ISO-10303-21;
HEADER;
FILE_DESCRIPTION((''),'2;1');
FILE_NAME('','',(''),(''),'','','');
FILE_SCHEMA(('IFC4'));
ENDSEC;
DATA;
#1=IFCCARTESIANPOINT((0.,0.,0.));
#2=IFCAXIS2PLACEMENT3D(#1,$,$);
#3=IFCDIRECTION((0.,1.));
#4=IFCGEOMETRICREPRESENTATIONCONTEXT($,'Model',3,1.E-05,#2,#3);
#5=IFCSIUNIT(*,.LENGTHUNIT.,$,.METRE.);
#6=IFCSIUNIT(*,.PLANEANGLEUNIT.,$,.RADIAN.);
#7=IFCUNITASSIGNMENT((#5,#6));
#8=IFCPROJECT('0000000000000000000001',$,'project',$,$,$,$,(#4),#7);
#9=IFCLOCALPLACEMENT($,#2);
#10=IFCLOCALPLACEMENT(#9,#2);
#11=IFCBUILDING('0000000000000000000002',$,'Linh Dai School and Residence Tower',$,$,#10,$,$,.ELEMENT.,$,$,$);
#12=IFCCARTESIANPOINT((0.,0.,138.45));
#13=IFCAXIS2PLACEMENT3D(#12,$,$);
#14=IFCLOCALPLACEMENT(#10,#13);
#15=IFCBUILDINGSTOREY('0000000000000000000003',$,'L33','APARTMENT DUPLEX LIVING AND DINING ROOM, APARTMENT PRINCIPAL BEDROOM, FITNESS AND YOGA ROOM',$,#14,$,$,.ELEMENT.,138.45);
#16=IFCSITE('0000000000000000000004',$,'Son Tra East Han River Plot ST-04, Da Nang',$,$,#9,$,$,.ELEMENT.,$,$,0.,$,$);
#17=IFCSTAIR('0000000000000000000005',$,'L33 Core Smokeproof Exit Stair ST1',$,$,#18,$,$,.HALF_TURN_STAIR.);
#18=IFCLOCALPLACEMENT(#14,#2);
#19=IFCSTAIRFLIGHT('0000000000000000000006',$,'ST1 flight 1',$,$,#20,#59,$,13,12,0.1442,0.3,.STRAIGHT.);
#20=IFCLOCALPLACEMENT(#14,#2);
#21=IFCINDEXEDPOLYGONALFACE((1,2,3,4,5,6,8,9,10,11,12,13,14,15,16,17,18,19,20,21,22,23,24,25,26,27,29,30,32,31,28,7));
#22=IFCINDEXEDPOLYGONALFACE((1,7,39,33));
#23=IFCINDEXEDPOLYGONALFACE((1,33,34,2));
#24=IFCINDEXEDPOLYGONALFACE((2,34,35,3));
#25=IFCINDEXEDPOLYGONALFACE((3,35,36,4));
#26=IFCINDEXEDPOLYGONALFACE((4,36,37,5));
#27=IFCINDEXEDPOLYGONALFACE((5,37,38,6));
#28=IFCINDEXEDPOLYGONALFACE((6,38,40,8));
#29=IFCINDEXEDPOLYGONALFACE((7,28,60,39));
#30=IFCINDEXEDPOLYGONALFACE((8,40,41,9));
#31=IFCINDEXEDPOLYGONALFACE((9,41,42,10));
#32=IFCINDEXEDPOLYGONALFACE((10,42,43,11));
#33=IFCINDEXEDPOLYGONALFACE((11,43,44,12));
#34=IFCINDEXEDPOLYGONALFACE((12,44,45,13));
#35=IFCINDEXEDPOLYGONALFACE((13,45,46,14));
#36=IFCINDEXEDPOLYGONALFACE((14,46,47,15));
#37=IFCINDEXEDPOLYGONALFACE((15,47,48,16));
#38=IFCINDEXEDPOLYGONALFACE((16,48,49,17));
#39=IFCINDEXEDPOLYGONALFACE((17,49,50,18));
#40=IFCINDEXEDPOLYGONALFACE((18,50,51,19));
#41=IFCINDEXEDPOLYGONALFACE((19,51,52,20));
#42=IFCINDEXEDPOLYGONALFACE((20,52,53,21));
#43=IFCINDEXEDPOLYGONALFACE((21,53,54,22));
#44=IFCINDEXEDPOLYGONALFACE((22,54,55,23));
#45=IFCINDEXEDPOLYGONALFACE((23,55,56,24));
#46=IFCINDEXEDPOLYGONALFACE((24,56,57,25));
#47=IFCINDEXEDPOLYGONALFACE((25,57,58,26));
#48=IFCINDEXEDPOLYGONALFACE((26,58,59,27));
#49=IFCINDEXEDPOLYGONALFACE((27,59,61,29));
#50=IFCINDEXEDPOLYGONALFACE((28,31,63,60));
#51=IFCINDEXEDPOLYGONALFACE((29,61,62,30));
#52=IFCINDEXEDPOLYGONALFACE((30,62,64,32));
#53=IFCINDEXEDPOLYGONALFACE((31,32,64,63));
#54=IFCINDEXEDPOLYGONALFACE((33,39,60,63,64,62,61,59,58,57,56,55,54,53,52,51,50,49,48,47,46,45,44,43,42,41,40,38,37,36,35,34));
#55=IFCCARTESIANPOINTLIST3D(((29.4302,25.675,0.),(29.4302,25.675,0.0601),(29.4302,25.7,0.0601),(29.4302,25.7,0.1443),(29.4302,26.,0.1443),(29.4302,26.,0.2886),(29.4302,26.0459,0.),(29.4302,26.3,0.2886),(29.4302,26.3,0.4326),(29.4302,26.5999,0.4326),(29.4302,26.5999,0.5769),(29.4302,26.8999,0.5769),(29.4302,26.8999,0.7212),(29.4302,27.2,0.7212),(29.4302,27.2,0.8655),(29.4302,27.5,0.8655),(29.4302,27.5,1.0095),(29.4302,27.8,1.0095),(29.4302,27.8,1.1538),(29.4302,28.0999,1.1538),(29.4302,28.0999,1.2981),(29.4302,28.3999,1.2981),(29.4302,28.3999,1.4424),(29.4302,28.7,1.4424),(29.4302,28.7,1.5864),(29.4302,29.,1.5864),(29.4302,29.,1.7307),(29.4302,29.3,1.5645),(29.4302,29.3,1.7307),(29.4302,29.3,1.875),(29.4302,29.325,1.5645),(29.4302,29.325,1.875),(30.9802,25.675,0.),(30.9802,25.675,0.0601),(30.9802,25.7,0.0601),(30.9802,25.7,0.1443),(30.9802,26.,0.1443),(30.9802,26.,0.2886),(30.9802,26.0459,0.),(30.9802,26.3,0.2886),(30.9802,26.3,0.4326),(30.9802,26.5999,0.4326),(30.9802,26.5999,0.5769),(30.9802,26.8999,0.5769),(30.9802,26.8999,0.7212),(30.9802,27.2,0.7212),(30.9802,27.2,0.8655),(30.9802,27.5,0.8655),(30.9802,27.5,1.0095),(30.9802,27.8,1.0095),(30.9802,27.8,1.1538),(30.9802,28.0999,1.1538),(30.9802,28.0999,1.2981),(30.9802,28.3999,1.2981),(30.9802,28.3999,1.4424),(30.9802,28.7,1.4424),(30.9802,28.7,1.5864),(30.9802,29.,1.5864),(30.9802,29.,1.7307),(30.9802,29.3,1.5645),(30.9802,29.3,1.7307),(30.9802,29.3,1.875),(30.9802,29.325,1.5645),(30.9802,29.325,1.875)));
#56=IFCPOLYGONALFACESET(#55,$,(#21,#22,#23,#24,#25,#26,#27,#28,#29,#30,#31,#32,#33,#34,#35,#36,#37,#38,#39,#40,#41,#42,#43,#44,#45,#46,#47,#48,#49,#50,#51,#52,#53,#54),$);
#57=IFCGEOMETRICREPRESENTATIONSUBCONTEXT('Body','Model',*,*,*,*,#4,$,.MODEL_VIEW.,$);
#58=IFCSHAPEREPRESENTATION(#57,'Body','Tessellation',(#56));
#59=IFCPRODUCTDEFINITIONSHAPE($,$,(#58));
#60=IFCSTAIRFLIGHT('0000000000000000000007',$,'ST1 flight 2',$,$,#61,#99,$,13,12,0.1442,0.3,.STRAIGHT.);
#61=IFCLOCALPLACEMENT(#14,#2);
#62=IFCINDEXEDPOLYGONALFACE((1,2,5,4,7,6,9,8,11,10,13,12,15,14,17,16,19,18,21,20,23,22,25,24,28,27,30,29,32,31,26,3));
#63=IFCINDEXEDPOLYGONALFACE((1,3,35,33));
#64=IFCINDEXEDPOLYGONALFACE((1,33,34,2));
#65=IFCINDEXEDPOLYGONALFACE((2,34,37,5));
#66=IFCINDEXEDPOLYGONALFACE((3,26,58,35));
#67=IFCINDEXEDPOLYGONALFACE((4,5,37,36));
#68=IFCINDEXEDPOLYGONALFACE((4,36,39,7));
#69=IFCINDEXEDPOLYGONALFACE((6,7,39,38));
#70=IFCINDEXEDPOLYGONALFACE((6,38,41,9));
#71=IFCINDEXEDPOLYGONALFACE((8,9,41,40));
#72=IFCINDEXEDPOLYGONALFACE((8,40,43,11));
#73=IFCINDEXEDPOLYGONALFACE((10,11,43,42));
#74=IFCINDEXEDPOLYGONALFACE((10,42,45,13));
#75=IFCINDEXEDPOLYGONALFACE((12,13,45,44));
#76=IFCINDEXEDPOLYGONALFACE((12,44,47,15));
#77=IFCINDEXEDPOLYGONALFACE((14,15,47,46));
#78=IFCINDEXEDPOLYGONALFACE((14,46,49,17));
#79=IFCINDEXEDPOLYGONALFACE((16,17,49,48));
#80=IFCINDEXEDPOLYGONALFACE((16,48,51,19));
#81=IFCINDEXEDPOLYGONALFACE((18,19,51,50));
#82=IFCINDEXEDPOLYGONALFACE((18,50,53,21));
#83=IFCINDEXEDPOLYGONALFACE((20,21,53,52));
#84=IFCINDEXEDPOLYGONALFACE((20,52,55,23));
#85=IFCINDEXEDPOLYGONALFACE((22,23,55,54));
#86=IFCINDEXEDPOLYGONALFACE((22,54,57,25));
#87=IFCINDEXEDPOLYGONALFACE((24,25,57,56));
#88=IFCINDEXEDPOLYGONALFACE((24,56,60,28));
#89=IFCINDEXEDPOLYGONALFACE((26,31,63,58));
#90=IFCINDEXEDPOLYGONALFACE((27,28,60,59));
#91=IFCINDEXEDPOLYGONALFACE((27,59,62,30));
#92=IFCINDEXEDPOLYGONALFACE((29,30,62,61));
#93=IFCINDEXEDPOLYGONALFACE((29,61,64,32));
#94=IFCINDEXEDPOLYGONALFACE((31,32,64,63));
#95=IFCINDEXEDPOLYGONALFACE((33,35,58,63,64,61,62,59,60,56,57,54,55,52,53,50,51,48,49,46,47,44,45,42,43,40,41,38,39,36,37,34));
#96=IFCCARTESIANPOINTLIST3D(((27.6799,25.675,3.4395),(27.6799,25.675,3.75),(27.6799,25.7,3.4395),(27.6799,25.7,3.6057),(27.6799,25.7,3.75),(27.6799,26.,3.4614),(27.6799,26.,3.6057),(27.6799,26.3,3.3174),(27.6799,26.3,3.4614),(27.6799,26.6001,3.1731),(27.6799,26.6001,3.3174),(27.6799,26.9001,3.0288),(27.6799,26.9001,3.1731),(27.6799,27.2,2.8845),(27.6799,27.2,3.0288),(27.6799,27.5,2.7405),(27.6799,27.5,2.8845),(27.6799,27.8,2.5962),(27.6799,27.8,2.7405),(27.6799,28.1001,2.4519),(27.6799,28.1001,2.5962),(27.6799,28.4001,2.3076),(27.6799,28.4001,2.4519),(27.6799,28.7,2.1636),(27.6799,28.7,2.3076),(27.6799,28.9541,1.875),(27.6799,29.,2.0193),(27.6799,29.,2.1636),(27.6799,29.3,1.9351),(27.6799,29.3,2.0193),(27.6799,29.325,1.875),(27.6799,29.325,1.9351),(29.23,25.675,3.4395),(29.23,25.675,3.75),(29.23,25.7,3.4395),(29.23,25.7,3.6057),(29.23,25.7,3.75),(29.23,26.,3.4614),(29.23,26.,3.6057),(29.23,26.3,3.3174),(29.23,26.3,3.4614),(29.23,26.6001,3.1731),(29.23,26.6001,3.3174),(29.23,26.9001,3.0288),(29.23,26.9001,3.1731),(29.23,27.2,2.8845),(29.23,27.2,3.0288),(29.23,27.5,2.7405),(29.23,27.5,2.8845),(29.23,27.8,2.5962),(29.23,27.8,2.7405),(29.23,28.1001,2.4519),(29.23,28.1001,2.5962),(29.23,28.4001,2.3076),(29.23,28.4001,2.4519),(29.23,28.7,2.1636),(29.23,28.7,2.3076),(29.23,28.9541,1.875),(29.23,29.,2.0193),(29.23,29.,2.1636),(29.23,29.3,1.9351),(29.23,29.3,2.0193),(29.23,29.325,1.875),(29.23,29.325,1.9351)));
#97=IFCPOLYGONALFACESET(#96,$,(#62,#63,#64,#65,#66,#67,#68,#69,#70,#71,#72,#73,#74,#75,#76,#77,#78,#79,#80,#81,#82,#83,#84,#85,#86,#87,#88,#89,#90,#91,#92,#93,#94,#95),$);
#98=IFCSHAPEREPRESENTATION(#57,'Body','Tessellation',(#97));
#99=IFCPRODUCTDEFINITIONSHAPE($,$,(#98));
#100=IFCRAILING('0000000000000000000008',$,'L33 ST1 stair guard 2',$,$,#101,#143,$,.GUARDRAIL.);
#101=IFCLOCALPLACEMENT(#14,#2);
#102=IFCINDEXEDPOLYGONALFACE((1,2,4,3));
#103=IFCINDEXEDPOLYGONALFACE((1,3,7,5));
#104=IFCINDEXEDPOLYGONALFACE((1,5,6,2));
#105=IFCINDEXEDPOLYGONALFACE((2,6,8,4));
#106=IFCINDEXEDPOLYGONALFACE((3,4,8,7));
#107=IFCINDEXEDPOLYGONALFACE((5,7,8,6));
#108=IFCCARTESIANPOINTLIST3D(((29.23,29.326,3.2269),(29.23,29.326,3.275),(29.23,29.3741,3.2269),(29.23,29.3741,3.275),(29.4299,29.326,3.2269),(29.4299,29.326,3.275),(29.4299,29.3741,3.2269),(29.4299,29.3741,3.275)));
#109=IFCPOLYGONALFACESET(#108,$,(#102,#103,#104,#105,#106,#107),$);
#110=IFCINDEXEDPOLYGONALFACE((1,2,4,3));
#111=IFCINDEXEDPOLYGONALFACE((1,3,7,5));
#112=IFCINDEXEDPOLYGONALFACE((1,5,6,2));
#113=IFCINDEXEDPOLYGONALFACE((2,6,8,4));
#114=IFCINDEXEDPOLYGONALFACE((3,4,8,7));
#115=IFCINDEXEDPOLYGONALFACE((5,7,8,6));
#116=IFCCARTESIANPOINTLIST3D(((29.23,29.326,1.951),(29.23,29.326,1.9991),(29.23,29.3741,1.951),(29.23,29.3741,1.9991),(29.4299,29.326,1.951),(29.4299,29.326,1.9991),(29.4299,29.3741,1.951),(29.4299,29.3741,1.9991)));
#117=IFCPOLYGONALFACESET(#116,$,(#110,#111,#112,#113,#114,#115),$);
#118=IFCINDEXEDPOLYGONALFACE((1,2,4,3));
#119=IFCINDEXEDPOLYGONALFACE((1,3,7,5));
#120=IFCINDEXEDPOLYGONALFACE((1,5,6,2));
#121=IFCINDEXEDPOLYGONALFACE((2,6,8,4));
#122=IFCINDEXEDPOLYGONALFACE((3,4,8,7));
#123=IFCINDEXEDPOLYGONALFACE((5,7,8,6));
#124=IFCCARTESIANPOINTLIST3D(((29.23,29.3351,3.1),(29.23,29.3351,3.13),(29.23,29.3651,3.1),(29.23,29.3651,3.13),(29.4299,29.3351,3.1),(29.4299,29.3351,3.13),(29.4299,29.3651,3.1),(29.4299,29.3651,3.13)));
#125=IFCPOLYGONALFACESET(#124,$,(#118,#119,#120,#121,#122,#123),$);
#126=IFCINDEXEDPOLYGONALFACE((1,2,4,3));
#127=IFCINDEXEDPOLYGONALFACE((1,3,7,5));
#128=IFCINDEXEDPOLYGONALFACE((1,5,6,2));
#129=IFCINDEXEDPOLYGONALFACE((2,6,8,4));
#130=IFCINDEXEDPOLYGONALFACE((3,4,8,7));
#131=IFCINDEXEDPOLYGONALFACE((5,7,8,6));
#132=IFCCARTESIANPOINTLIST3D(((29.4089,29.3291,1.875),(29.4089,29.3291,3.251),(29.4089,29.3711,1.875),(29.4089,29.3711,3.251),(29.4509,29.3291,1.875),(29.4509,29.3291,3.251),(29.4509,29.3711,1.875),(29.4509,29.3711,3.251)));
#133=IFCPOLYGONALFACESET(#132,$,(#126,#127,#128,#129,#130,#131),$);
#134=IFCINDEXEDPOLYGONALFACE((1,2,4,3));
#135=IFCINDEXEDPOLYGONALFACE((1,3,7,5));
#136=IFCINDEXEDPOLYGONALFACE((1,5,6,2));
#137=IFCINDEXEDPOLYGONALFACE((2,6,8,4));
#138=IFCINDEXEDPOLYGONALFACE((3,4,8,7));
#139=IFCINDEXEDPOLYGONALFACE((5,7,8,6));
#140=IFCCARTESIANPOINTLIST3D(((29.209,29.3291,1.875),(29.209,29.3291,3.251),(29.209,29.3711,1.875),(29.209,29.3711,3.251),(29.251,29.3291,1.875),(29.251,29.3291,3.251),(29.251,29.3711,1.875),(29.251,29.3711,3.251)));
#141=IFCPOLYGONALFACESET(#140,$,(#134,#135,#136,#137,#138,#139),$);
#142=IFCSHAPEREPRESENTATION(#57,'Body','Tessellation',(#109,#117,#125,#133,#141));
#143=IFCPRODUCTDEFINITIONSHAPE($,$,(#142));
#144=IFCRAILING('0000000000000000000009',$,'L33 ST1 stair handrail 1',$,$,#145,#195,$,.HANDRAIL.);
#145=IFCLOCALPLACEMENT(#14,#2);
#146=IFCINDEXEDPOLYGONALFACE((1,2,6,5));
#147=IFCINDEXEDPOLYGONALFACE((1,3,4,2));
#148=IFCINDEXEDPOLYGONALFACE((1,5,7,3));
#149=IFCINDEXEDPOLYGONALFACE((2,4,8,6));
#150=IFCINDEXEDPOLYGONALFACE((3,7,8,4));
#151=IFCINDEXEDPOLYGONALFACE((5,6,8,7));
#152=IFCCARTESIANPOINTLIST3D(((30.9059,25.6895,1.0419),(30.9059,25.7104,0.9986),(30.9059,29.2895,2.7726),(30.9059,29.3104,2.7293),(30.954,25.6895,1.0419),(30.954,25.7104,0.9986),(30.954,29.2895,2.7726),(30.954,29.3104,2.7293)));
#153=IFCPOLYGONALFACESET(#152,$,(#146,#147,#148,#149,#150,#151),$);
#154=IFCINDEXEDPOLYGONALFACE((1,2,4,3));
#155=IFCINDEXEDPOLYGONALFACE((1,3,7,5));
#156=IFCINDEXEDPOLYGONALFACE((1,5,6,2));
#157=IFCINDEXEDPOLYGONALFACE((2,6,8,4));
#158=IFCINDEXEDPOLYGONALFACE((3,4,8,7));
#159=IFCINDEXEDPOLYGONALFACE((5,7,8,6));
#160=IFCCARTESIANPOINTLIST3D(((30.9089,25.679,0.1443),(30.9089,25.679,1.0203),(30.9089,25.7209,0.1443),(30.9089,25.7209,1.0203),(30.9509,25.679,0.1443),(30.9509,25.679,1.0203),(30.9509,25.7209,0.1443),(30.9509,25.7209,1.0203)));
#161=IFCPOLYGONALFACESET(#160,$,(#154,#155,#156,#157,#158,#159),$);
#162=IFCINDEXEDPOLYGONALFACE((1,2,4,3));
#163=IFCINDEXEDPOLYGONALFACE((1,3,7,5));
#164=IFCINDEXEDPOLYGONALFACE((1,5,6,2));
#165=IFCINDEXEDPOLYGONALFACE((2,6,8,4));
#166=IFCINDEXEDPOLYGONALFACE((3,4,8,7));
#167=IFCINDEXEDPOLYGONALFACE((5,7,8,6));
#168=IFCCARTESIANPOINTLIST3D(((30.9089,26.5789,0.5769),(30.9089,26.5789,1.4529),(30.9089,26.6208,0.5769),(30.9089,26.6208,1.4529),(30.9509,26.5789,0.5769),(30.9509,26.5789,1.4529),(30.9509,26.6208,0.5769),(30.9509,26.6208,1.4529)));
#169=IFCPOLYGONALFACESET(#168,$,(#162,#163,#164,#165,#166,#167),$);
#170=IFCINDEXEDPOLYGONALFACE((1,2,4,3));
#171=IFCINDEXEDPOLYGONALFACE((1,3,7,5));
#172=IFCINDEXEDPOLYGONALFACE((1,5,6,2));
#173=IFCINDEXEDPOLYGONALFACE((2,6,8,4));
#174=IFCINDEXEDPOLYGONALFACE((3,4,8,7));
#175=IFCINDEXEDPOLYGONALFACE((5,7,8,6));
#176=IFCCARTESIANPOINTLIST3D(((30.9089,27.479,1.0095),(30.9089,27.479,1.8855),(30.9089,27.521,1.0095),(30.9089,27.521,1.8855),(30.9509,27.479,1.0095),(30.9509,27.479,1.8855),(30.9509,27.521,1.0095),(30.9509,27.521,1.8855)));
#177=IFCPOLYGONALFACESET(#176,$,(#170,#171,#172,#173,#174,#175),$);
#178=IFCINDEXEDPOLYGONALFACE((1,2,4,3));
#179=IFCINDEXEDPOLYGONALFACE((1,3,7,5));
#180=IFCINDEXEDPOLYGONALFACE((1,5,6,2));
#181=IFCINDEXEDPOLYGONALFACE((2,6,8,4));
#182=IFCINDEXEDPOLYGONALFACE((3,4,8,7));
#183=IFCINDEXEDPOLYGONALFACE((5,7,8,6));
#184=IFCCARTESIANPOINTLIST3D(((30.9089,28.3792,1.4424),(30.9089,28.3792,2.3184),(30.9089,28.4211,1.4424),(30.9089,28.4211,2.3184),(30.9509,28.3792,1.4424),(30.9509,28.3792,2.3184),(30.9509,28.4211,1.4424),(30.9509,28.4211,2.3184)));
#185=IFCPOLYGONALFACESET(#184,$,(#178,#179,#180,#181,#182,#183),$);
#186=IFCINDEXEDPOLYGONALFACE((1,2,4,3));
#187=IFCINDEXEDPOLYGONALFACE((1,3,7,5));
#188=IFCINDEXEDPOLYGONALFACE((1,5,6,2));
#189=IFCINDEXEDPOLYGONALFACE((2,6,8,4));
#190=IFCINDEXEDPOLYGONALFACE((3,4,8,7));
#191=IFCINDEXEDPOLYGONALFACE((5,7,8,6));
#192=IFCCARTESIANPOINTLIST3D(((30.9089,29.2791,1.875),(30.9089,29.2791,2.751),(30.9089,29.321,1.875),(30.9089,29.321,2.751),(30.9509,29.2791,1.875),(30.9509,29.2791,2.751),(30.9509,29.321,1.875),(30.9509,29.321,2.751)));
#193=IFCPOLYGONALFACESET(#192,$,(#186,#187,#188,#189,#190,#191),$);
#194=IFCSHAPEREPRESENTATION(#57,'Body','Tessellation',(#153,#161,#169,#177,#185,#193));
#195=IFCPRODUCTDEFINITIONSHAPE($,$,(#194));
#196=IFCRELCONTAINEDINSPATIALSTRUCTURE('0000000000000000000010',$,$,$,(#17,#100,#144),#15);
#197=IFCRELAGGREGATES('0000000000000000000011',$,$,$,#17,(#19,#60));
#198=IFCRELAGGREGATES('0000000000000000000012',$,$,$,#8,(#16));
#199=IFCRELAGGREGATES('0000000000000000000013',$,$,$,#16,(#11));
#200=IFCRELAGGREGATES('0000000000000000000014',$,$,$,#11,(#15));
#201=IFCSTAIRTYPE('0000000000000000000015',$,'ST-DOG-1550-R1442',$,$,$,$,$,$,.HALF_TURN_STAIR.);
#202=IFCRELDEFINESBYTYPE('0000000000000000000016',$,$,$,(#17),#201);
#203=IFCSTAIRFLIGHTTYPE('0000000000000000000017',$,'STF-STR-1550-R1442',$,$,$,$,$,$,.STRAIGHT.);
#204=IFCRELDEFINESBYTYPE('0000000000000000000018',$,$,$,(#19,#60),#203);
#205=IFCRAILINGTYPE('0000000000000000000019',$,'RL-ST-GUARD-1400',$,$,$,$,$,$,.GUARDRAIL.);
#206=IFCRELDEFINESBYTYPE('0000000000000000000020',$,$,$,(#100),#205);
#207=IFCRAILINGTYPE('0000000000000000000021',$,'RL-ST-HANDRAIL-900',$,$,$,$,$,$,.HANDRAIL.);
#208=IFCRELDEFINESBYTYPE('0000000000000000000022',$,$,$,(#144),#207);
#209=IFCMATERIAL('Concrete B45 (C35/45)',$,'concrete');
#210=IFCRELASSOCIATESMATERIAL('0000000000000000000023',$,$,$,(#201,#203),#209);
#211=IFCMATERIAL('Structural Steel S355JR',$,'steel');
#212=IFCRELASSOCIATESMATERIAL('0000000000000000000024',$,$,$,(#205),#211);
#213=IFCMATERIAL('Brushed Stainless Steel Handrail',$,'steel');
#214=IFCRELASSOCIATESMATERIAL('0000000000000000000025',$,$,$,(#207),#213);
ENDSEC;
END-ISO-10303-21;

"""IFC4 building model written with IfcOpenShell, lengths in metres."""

from ifc_helpers import new_model, si_unit, direction, frame, origin, origin_2d, place, context, subcontext, project, spatial, polyline, rectangle, outline, extrude, source, transform, mapped, material, type_object, element, aggregate, save


model = new_model("IFC4")

# Units and contexts
model_context = context("Model", 3, precision=1e-05, world=origin(), true_north=direction((0.0, 1.0)))
body_context = subcontext(model_context, "Body", "Model", "MODEL_VIEW")
ifc_project = project(units=[si_unit("LENGTHUNIT", "METRE"), si_unit("PLANEANGLEUNIT", "RADIAN")], contexts=[model_context])

# Site, building, storey
site_placement = place(None, origin())
site = spatial("IfcSite", under=ifc_project, at=site_placement, Name="Son Tra East Han River Plot ST-04, Da Nang", CompositionType="ELEMENT", RefElevation=0.0)
building_placement = place(site_placement, origin())
building = spatial("IfcBuilding", under=site, at=building_placement, Name="Linh Dai School and Residence Tower", CompositionType="ELEMENT")
storey_placement = place(building_placement, frame((0.0, 0.0, 138.45)))
storey = spatial("IfcBuildingStorey", under=building, at=storey_placement, Name="L33", Description="APARTMENT DUPLEX LIVING AND DINING ROOM, APARTMENT PRINCIPAL BEDROOM, FITNESS AND YOGA ROOM", CompositionType="ELEMENT", Elevation=138.45)

# Shared definitions
ifc_material_1 = material(Name="Concrete B45 (C35/45)", Category="concrete")

# Stair, stair flights
stair_type = type_object("IfcStairType", Name="ST-DOG-1550-R1442", PredefinedType="HALF_TURN_STAIR", material=ifc_material_1)
stair_placement = place(storey_placement, origin())
stair = element("IfcStair", 1, at=stair_placement, inside=storey, type_object=stair_type, Name="L33 Core Smokeproof Exit Stair ST1", PredefinedType="HALF_TURN_STAIR")
stair_flight_type = type_object("IfcStairFlightType", Name="STF-STR-1550-R1442", PredefinedType="STRAIGHT", material=ifc_material_1)
shared_shape_1 = source(origin(), body_context, "Body", "SweptSolid", [
    extrude(outline(polyline([(-0.0249, 0.0), (-0.0249, 0.0601), (0.0, 0.0601), (0.0, 0.1443), (0.3, 0.1443), (0.3, 0.2886), (0.6001, 0.2886), (0.6001, 0.4326), (0.8999, 0.4326), (0.8999, 0.5769), (1.2, 0.5769), (1.2, 0.7212), (1.5, 0.7212), (1.5, 0.8655), (1.8, 0.8655), (1.8, 1.0095), (2.1001, 1.0095), (2.1001, 1.1538), (2.3999, 1.1538), (2.3999, 1.2981), (2.7, 1.2981), (2.7, 1.4424), (3.0, 1.4424), (3.0, 1.5864), (3.3, 1.5864), (3.3, 1.7307), (3.6001, 1.7307), (3.6001, 1.875), (3.625, 1.875), (3.625, 1.5645), (3.6001, 1.5645), (0.3459, 0.0), (-0.0249, 0.0)])), frame((0.0, 0.7749, 0.0), z_axis=(0.0, -1.0, 0.0), x_axis=(1.0, 0.0, 0.0)), (0.0, 0.0, 1.0), 1.55),
])
stair_flight_1_placement = place(storey_placement, frame((30.2051, 25.7, 0.0), z_axis=(0.0, 0.0, 1.0), x_axis=(0.0, 1.0, 0.0)))
stair_flight_1 = element("IfcStairFlight", 2, at=stair_flight_1_placement, type_object=stair_flight_type, Name="ST1 flight 1", NumberOfRisers=13, NumberOfTreads=12, PredefinedType="STRAIGHT", RiserHeight=0.1442, TreadLength=0.3, context=body_context, shape_type="MappedRepresentation", body=[
    mapped(shared_shape_1, transform((0.0, 0.0, 0.0), x_axis=(1.0, 0.0, 0.0), y_axis=(0.0, 1.0, 0.0), z_axis=(0.0, 0.0, 1.0), scale=1.0)),
])
stair_flight_2_placement = place(storey_placement, frame((28.4551, 29.3, 1.875), z_axis=(0.0, 0.0, 1.0), x_axis=(0.0, -1.0, 0.0)))
stair_flight_2 = element("IfcStairFlight", 3, at=stair_flight_2_placement, type_object=stair_flight_type, Name="ST1 flight 2", NumberOfRisers=13, NumberOfTreads=12, PredefinedType="STRAIGHT", RiserHeight=0.1442, TreadLength=0.3, context=body_context, shape_type="MappedRepresentation", body=[
    mapped(shared_shape_1, transform((0.0, 0.0, 0.0), x_axis=(1.0, 0.0, 0.0), y_axis=(0.0, 1.0, 0.0), z_axis=(0.0, 0.0, 1.0), scale=1.0)),
])
aggregate(stair, [stair_flight_1, stair_flight_2])

# Railings
ifc_material_2 = material(Name="Structural Steel S355JR", Category="steel")
railing_type_1 = type_object("IfcRailingType", Name="RL-ST-GUARD-1400", PredefinedType="GUARDRAIL", material=ifc_material_2)
shared_shape_2 = source(origin(), body_context, "Body", "SweptSolid", [
    extrude(rectangle(XDim=0.0481, YDim=0.0481, at=origin_2d()), frame((0.0, 0.0, 1.376), z_axis=(-1.0, 0.0, 0.0), x_axis=(0.0, -1.0, 0.0)), (0.0, 0.0, 1.0), 0.2),
    extrude(rectangle(XDim=0.0481, YDim=0.0481, at=origin_2d()), frame((0.0, 0.0, 0.1001), z_axis=(-1.0, 0.0, 0.0), x_axis=(0.0, -1.0, 0.0)), (0.0, 0.0, 1.0), 0.2),
    extrude(rectangle(XDim=0.03, YDim=0.03, at=origin_2d()), frame((0.0, 0.0, 1.24), z_axis=(-1.0, 0.0, 0.0), x_axis=(0.0, -1.0, 0.0)), (0.0, 0.0, 1.0), 0.2),
    extrude(rectangle(XDim=0.042, YDim=0.042, at=origin_2d()), origin(), (0.0, 0.0, 1.0), 1.376),
    extrude(rectangle(XDim=0.042, YDim=0.042, at=origin_2d()), frame((-0.2, 0.0, 0.0)), (0.0, 0.0, 1.0), 1.376),
])
railing_1_placement = place(storey_placement, frame((29.4299, 29.3501, 1.875)))
element("IfcRailing", 4, at=railing_1_placement, inside=storey, type_object=railing_type_1, Name="L33 ST1 stair guard 2", PredefinedType="GUARDRAIL", context=body_context, shape_type="MappedRepresentation", body=[
    mapped(shared_shape_2, transform((0.0, 0.0, 0.0), x_axis=(1.0, 0.0, 0.0), y_axis=(0.0, 1.0, 0.0), z_axis=(0.0, 0.0, 1.0), scale=1.0)),
])
ifc_material_3 = material(Name="Brushed Stainless Steel Handrail", Category="steel")
railing_type_2 = type_object("IfcRailingType", Name="RL-ST-HANDRAIL-900", PredefinedType="HANDRAIL", material=ifc_material_3)
shared_shape_3 = source(origin(), body_context, "Body", "SweptSolid", [
    extrude(rectangle(XDim=0.0481, YDim=0.0481, at=origin_2d()), frame((0.0, 0.0, 0.876), z_axis=(0.0, 0.901263, 0.433273), x_axis=(-1.0, 0.0, 0.0)), (0.0, 0.0, 1.0), 3.9944),
    extrude(rectangle(XDim=0.042, YDim=0.042, at=origin_2d()), origin(), (0.0, 0.0, 1.0), 0.876),
    extrude(rectangle(XDim=0.042, YDim=0.042, at=origin_2d()), frame((0.0, 0.8999, 0.4326)), (0.0, 0.0, 1.0), 0.876),
    extrude(rectangle(XDim=0.042, YDim=0.042, at=origin_2d()), frame((0.0, 1.8, 0.8652)), (0.0, 0.0, 1.0), 0.876),
    extrude(rectangle(XDim=0.042, YDim=0.042, at=origin_2d()), frame((0.0, 2.7002, 1.2981)), (0.0, 0.0, 1.0), 0.876),
    extrude(rectangle(XDim=0.042, YDim=0.042, at=origin_2d()), frame((0.0, 3.6001, 1.7307)), (0.0, 0.0, 1.0), 0.876),
])
railing_2_placement = place(storey_placement, frame((30.9299, 25.7, 0.1443)))
element("IfcRailing", 5, at=railing_2_placement, inside=storey, type_object=railing_type_2, Name="L33 ST1 stair handrail 1", PredefinedType="HANDRAIL", context=body_context, shape_type="MappedRepresentation", body=[
    mapped(shared_shape_3, transform((0.0, 0.0, 0.0), x_axis=(1.0, 0.0, 0.0), y_axis=(0.0, 1.0, 0.0), z_axis=(0.0, 0.0, 1.0), scale=1.0)),
])

save(model, "model.ifc")
